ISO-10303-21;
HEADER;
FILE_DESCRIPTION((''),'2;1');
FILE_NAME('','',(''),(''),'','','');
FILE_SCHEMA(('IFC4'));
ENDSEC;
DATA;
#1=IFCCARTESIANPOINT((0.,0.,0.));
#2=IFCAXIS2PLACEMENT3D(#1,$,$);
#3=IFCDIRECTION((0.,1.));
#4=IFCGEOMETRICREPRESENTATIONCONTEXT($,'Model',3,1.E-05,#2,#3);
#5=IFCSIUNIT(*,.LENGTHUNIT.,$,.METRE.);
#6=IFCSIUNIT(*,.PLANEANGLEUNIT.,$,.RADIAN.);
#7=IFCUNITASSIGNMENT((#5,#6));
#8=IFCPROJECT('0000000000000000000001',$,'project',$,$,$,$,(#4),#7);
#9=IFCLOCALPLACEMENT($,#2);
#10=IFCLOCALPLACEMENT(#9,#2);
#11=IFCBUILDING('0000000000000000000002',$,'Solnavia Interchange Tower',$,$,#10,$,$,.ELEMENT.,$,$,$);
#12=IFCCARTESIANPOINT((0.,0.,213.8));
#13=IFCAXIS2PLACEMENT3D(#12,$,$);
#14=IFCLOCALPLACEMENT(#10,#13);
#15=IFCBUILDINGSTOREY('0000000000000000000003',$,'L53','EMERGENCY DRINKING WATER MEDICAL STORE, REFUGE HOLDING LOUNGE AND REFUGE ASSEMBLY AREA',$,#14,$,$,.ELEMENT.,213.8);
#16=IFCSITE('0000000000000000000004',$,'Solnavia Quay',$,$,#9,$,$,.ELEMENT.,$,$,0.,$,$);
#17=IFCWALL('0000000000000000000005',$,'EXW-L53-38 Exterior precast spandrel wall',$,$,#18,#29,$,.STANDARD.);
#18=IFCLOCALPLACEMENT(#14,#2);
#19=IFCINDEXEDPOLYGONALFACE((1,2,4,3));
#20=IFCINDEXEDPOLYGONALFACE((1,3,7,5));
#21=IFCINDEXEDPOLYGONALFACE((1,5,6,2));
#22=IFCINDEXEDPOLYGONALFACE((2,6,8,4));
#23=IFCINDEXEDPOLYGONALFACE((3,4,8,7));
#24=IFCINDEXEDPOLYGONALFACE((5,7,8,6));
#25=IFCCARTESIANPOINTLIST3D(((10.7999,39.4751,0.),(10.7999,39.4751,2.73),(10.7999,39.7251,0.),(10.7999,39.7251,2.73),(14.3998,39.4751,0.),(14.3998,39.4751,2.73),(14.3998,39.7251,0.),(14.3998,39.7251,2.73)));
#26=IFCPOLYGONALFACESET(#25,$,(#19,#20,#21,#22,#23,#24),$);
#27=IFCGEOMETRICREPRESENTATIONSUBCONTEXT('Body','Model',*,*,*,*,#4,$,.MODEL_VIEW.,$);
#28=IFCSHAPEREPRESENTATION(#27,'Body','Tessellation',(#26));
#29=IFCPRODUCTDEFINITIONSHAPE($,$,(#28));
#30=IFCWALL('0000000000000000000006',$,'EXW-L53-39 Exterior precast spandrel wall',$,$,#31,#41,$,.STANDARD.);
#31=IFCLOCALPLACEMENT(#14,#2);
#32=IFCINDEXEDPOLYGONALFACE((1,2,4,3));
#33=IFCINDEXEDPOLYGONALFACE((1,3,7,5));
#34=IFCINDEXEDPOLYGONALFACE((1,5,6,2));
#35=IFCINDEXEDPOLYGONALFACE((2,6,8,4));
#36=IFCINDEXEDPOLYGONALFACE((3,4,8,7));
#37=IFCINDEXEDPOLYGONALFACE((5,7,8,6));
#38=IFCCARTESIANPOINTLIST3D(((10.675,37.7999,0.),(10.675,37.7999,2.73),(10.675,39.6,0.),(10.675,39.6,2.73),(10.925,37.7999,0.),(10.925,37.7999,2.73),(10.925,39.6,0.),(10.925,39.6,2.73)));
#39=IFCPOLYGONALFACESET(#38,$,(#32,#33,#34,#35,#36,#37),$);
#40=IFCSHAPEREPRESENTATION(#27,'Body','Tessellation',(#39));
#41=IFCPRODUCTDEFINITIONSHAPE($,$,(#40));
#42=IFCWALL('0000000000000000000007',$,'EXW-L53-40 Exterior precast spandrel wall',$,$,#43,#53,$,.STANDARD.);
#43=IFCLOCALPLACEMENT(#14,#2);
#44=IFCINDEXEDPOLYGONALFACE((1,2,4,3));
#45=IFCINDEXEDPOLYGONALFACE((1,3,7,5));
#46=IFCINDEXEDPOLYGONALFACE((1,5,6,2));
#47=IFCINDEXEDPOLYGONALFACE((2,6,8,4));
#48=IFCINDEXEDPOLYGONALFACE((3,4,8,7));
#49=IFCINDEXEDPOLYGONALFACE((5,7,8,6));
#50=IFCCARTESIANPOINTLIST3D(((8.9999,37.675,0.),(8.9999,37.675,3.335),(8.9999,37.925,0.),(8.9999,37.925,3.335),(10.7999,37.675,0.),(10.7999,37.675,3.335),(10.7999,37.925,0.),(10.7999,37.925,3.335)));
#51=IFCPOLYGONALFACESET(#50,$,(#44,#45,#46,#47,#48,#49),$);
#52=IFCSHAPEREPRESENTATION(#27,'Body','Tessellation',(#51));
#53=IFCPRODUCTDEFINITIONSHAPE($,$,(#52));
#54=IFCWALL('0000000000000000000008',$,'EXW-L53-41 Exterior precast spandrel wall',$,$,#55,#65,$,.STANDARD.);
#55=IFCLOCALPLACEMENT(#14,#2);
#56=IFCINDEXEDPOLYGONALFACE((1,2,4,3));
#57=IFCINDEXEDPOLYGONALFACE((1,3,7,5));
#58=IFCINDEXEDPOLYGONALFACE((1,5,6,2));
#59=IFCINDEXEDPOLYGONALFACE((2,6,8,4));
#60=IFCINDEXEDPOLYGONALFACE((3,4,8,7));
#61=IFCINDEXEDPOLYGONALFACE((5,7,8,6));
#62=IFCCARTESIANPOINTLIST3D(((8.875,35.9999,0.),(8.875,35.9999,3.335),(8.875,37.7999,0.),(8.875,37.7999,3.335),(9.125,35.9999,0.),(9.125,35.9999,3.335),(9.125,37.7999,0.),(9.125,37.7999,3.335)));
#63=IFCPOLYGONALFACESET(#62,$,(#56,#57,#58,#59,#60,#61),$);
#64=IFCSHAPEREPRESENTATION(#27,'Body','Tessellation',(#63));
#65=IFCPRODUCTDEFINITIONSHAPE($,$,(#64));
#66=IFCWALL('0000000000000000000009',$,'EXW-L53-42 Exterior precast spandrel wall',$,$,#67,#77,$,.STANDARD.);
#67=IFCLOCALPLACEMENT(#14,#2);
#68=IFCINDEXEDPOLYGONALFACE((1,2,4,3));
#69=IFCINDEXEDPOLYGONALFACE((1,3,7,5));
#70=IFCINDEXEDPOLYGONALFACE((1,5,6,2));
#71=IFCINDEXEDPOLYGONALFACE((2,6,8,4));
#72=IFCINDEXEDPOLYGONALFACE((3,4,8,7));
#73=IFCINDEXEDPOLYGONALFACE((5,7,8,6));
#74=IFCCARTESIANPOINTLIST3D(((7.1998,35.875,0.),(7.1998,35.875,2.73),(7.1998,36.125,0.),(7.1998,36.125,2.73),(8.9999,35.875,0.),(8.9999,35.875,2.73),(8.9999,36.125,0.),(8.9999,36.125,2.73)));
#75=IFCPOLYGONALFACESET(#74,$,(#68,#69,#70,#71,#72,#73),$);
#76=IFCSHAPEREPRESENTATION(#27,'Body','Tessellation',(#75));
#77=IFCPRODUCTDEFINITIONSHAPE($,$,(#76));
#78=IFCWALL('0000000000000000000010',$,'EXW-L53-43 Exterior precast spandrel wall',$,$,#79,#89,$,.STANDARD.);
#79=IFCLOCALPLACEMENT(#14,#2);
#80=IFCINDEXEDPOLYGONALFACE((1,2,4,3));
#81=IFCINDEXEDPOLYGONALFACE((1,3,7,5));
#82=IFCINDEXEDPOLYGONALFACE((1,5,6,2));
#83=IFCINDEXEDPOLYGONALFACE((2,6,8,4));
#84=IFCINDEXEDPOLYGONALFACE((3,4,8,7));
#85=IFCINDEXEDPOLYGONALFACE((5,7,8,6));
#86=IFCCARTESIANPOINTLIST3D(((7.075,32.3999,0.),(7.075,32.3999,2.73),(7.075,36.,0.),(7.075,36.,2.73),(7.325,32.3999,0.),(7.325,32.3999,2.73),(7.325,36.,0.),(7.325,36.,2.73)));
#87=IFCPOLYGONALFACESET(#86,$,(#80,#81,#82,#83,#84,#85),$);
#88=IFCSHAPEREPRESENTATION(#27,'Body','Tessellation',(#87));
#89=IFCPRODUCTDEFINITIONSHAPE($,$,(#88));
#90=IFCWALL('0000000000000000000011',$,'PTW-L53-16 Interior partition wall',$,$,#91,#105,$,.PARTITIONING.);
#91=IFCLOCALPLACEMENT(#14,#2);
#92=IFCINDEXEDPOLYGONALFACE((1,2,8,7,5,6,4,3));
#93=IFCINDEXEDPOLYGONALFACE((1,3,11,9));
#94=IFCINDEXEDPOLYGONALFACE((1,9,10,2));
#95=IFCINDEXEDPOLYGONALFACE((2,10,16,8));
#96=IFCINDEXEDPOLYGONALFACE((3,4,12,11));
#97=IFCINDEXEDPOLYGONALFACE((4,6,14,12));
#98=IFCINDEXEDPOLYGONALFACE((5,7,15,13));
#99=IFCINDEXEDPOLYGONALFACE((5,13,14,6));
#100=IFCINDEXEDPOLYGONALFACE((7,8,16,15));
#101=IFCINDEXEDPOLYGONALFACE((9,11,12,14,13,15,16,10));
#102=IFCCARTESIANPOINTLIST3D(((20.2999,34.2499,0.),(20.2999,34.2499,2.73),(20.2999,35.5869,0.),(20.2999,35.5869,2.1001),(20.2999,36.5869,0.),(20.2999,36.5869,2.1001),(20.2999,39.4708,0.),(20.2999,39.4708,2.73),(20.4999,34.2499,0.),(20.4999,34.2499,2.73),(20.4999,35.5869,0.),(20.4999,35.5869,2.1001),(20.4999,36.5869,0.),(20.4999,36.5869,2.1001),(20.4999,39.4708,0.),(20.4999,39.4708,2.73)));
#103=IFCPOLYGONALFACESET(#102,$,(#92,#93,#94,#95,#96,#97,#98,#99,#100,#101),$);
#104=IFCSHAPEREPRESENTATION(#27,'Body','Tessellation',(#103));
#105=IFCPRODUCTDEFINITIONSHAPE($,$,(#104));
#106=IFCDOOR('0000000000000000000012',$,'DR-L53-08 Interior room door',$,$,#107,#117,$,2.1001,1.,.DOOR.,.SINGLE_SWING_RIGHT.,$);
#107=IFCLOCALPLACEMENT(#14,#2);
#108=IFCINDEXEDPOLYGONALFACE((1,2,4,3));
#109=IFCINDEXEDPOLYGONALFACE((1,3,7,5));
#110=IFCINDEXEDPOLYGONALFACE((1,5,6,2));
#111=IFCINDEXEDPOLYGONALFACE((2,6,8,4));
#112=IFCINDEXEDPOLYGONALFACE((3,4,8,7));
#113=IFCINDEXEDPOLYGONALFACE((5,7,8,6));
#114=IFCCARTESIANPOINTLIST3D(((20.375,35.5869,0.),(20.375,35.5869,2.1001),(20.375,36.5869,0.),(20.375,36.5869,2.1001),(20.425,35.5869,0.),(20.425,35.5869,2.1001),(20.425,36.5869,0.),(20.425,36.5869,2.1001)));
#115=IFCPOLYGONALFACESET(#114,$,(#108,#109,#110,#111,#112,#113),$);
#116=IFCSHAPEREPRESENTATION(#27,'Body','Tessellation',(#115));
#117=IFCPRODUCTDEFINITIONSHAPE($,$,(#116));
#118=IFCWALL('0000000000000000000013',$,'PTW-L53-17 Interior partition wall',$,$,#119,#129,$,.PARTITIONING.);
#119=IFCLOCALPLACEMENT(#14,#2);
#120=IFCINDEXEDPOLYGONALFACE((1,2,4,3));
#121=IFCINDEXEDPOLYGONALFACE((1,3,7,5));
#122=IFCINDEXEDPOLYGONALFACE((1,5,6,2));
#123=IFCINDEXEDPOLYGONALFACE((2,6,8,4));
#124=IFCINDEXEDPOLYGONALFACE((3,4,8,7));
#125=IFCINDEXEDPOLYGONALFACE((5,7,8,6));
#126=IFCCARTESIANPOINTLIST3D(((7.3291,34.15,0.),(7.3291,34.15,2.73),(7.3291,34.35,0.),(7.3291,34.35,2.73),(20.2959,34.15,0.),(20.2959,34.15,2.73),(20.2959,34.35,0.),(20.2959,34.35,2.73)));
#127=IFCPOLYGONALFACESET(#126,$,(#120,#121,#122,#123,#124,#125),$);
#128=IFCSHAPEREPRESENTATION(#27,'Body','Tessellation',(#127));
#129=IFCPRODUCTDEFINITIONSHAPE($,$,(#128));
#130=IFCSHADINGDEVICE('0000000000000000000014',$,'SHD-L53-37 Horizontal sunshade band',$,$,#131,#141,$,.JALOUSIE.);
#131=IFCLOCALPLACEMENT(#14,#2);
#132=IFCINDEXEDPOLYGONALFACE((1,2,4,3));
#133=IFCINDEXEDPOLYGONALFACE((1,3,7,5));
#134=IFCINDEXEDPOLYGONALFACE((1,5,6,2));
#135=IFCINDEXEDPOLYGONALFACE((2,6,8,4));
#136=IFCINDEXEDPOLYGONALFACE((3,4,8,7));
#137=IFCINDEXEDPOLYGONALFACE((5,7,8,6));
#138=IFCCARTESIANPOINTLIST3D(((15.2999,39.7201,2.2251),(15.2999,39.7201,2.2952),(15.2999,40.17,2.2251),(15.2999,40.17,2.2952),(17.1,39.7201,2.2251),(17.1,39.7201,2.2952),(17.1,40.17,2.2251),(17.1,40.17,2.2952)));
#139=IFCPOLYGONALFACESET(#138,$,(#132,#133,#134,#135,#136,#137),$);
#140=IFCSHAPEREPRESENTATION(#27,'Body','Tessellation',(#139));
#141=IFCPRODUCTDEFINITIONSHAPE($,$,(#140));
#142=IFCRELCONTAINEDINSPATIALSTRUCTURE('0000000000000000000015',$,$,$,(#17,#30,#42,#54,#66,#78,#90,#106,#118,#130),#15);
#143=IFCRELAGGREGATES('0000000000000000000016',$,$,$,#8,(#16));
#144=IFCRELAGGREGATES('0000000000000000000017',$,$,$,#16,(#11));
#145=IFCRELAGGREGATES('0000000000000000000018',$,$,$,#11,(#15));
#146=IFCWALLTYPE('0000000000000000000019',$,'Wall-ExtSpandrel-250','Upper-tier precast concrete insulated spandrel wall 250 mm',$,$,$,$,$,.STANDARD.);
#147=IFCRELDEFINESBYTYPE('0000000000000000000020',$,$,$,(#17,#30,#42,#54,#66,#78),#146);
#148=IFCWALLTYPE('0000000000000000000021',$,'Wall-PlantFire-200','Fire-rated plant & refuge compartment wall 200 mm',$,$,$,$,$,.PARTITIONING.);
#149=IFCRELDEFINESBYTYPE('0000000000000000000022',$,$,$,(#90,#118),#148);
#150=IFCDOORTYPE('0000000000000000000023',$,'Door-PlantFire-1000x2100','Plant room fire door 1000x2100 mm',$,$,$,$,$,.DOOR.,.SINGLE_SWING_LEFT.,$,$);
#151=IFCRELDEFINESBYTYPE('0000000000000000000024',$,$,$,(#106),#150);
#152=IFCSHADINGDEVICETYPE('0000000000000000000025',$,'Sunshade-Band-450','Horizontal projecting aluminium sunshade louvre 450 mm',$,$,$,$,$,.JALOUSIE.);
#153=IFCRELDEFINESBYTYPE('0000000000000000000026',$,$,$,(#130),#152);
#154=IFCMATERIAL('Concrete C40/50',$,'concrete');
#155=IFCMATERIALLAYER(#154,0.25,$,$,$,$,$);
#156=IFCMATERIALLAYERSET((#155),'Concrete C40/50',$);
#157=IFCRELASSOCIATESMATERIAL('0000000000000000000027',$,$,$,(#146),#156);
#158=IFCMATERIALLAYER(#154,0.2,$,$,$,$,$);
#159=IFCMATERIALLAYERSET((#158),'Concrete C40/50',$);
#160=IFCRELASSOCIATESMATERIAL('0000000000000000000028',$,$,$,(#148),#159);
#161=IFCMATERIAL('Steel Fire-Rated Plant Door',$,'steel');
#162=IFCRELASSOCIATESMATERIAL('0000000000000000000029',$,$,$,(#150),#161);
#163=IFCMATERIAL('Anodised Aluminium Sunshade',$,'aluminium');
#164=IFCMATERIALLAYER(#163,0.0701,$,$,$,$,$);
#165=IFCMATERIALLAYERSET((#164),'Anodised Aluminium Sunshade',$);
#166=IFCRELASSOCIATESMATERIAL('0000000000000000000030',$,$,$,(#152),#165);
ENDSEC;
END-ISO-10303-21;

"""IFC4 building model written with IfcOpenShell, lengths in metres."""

from ifc_helpers import new_model, si_unit, direction, frame, frame_2d, origin, origin_2d, place, context, subcontext, project, spatial, rectangle, extrude, material, layer, layer_set, type_object, element, fill, save


model = new_model("IFC4")

# Units and contexts
model_context = context("Model", 3, precision=1e-05, world=origin(), true_north=direction((0.0, 1.0)))
body_context = subcontext(model_context, "Body", "Model", "MODEL_VIEW")
ifc_project = project(units=[si_unit("LENGTHUNIT", "METRE"), si_unit("PLANEANGLEUNIT", "RADIAN")], contexts=[model_context])

# Site, building, storey
site_placement = place(None, origin())
site = spatial("IfcSite", under=ifc_project, at=site_placement, Name="Solnavia Quay", CompositionType="ELEMENT", RefElevation=0.0)
building_placement = place(site_placement, origin())
building = spatial("IfcBuilding", under=site, at=building_placement, Name="Solnavia Interchange Tower", CompositionType="ELEMENT")
storey_placement = place(building_placement, frame((0.0, 0.0, 213.8)))
storey = spatial("IfcBuildingStorey", under=building, at=storey_placement, Name="L53", Description="EMERGENCY DRINKING WATER MEDICAL STORE, REFUGE HOLDING LOUNGE AND REFUGE ASSEMBLY AREA", CompositionType="ELEMENT", Elevation=213.8)

# Shared definitions
ifc_material_1 = material(Name="Concrete C40/50", Category="concrete")
ifc_layer_1 = layer(ifc_material_1, 0.25)
ifc_layer_set_1 = layer_set([ifc_layer_1], Name="Concrete C40/50")
wall_type_1 = type_object("IfcWallType", Name="Wall-ExtSpandrel-250", Description="Upper-tier precast concrete insulated spandrel wall 250 mm", PredefinedType="STANDARD", material=ifc_layer_set_1)

# Walls
wall_1_placement = place(storey_placement, frame((10.8, 39.6001, 0.0), z_axis=(0.0, 0.0, 1.0), x_axis=(1.0, 0.0, 0.0)))
element("IfcWall", 1, at=wall_1_placement, inside=storey, type_object=wall_type_1, Name="EXW-L53-38 Exterior precast spandrel wall", PredefinedType="STANDARD", context=body_context, shape_type="SweptSolid", body=[
    extrude(rectangle(XDim=3.5999, YDim=0.25, at=frame_2d((1.7998, 0.0))), origin(), (0.0, 0.0, 1.0), 2.73),
])
wall_2_placement = place(storey_placement, frame((10.8, 37.8, 0.0), z_axis=(0.0, 0.0, 1.0), x_axis=(0.0, 1.0, 0.0)))
element("IfcWall", 2, at=wall_2_placement, inside=storey, type_object=wall_type_1, Name="EXW-L53-39 Exterior precast spandrel wall", PredefinedType="STANDARD", context=body_context, shape_type="SweptSolid", body=[
    extrude(rectangle(XDim=1.8, YDim=0.25, at=frame_2d((0.8999, 0.0))), origin(), (0.0, 0.0, 1.0), 2.73),
])
for number, where, z_axis, x_axis, name in (
    (3, (9.0, 37.8, 0.0), (0.0, 0.0, 1.0), (1.0, 0.0, 0.0), "EXW-L53-40 Exterior precast spandrel wall"),
    (4, (9.0, 36.0, 0.0), (0.0, 0.0, 1.0), (0.0, 1.0, 0.0), "EXW-L53-41 Exterior precast spandrel wall"),
):
    element("IfcWall", number, at=place(storey_placement, frame(where, z_axis=z_axis, x_axis=x_axis)), inside=storey, type_object=wall_type_1, Name=name, PredefinedType="STANDARD", context=body_context, shape_type="SweptSolid", body=[
        extrude(rectangle(XDim=1.8, YDim=0.25, at=frame_2d((0.8999, 0.0))), origin(), (0.0, 0.0, 1.0), 3.335),
    ])
wall_3_placement = place(storey_placement, frame((7.2, 36.0, 0.0), z_axis=(0.0, 0.0, 1.0), x_axis=(1.0, 0.0, 0.0)))
element("IfcWall", 5, at=wall_3_placement, inside=storey, type_object=wall_type_1, Name="EXW-L53-42 Exterior precast spandrel wall", PredefinedType="STANDARD", context=body_context, shape_type="SweptSolid", body=[
    extrude(rectangle(XDim=1.8, YDim=0.25, at=frame_2d((0.8999, 0.0))), origin(), (0.0, 0.0, 1.0), 2.73),
])
wall_4_placement = place(storey_placement, frame((7.2, 32.3999, 0.0), z_axis=(0.0, 0.0, 1.0), x_axis=(0.0, 1.0, 0.0)))
element("IfcWall", 6, at=wall_4_placement, inside=storey, type_object=wall_type_1, Name="EXW-L53-43 Exterior precast spandrel wall", PredefinedType="STANDARD", context=body_context, shape_type="SweptSolid", body=[
    extrude(rectangle(XDim=3.6001, YDim=0.25, at=frame_2d((1.8, 0.0))), origin(), (0.0, 0.0, 1.0), 2.73),
])

# Wall, opening, door
ifc_layer_2 = layer(ifc_material_1, 0.2)
ifc_layer_set_2 = layer_set([ifc_layer_2], Name="Concrete C40/50")
wall_type_2 = type_object("IfcWallType", Name="Wall-PlantFire-200", Description="Fire-rated plant & refuge compartment wall 200 mm", PredefinedType="PARTITIONING", material=ifc_layer_set_2)
wall_5_placement = place(storey_placement, frame((20.3999, 34.25, 0.0), z_axis=(0.0, 0.0, 1.0), x_axis=(0.0, 1.0, 0.0)))
wall_5 = element("IfcWall", 7, at=wall_5_placement, inside=storey, type_object=wall_type_2, Name="PTW-L53-16 Interior partition wall", PredefinedType="PARTITIONING", context=body_context, shape_type="SweptSolid", body=[
    extrude(rectangle(XDim=5.2209, YDim=0.2, at=frame_2d((2.6104, 0.0))), origin(), (0.0, 0.0, 1.0), 2.73),
])
opening_1_placement = place(wall_5_placement, frame((1.3369, 0.0, 0.0)))
opening_1 = element("IfcOpeningElement", 8, at=opening_1_placement, cuts=wall_5, PredefinedType="OPENING", context=body_context, shape_type="SweptSolid", body=[
    extrude(rectangle(XDim=1.0, YDim=2.1001, at=frame_2d((0.5, 1.05))), frame((0.0, 0.1099, 0.0), z_axis=(0.0, -1.0, 0.0), x_axis=(1.0, 0.0, 0.0)), (0.0, 0.0, 1.0), 0.22),
])
ifc_material_2 = material(Name="Steel Fire-Rated Plant Door", Category="steel")
door_type = type_object("IfcDoorType", Name="Door-PlantFire-1000x2100", Description="Plant room fire door 1000x2100 mm", OperationType="SINGLE_SWING_LEFT", PredefinedType="DOOR", material=ifc_material_2)
door_placement = place(opening_1_placement, origin())
door = element("IfcDoor", 9, at=door_placement, inside=storey, type_object=door_type, Name="DR-L53-08 Interior room door", OperationType="SINGLE_SWING_RIGHT", OverallHeight=2.1001, OverallWidth=1.0, PredefinedType="DOOR", context=body_context, shape_type="SweptSolid", body=[
    extrude(rectangle(XDim=1.0, YDim=2.1001, at=frame_2d((0.5, 1.05))), frame((0.0, 0.0249, 0.0), z_axis=(0.0, -1.0, 0.0), x_axis=(1.0, 0.0, 0.0)), (0.0, 0.0, 1.0), 0.05),
])
fill(opening_1, door)

# Wall
wall_6_placement = place(storey_placement, frame((7.3291, 34.25, 0.0), z_axis=(0.0, 0.0, 1.0), x_axis=(1.0, 0.0, 0.0)))
element("IfcWall", 10, at=wall_6_placement, inside=storey, type_object=wall_type_2, Name="PTW-L53-17 Interior partition wall", PredefinedType="PARTITIONING", context=body_context, shape_type="SweptSolid", body=[
    extrude(rectangle(XDim=12.9668, YDim=0.2, at=frame_2d((6.4834, 0.0))), origin(), (0.0, 0.0, 1.0), 2.73),
])

# Shading device
ifc_material_3 = material(Name="Anodised Aluminium Sunshade", Category="aluminium")
ifc_layer_3 = layer(ifc_material_3, 0.0701)
ifc_layer_set_3 = layer_set([ifc_layer_3], Name="Anodised Aluminium Sunshade")
shading_device_type = type_object("IfcShadingDeviceType", Name="Sunshade-Band-450", Description="Horizontal projecting aluminium sunshade louvre 450 mm", PredefinedType="JALOUSIE", material=ifc_layer_set_3)
shading_device_placement = place(storey_placement, frame((16.2, 39.9451, 2.2251), z_axis=(0.0, 0.0, 1.0), x_axis=(1.0, 0.0, 0.0)))
element("IfcShadingDevice", 11, at=shading_device_placement, inside=storey, type_object=shading_device_type, Name="SHD-L53-37 Horizontal sunshade band", PredefinedType="JALOUSIE", context=body_context, shape_type="SweptSolid", body=[
    extrude(rectangle(XDim=1.8, YDim=0.45, at=origin_2d()), origin(), (0.0, 0.0, 1.0), 0.0701),
])

save(model, "model.ifc")
